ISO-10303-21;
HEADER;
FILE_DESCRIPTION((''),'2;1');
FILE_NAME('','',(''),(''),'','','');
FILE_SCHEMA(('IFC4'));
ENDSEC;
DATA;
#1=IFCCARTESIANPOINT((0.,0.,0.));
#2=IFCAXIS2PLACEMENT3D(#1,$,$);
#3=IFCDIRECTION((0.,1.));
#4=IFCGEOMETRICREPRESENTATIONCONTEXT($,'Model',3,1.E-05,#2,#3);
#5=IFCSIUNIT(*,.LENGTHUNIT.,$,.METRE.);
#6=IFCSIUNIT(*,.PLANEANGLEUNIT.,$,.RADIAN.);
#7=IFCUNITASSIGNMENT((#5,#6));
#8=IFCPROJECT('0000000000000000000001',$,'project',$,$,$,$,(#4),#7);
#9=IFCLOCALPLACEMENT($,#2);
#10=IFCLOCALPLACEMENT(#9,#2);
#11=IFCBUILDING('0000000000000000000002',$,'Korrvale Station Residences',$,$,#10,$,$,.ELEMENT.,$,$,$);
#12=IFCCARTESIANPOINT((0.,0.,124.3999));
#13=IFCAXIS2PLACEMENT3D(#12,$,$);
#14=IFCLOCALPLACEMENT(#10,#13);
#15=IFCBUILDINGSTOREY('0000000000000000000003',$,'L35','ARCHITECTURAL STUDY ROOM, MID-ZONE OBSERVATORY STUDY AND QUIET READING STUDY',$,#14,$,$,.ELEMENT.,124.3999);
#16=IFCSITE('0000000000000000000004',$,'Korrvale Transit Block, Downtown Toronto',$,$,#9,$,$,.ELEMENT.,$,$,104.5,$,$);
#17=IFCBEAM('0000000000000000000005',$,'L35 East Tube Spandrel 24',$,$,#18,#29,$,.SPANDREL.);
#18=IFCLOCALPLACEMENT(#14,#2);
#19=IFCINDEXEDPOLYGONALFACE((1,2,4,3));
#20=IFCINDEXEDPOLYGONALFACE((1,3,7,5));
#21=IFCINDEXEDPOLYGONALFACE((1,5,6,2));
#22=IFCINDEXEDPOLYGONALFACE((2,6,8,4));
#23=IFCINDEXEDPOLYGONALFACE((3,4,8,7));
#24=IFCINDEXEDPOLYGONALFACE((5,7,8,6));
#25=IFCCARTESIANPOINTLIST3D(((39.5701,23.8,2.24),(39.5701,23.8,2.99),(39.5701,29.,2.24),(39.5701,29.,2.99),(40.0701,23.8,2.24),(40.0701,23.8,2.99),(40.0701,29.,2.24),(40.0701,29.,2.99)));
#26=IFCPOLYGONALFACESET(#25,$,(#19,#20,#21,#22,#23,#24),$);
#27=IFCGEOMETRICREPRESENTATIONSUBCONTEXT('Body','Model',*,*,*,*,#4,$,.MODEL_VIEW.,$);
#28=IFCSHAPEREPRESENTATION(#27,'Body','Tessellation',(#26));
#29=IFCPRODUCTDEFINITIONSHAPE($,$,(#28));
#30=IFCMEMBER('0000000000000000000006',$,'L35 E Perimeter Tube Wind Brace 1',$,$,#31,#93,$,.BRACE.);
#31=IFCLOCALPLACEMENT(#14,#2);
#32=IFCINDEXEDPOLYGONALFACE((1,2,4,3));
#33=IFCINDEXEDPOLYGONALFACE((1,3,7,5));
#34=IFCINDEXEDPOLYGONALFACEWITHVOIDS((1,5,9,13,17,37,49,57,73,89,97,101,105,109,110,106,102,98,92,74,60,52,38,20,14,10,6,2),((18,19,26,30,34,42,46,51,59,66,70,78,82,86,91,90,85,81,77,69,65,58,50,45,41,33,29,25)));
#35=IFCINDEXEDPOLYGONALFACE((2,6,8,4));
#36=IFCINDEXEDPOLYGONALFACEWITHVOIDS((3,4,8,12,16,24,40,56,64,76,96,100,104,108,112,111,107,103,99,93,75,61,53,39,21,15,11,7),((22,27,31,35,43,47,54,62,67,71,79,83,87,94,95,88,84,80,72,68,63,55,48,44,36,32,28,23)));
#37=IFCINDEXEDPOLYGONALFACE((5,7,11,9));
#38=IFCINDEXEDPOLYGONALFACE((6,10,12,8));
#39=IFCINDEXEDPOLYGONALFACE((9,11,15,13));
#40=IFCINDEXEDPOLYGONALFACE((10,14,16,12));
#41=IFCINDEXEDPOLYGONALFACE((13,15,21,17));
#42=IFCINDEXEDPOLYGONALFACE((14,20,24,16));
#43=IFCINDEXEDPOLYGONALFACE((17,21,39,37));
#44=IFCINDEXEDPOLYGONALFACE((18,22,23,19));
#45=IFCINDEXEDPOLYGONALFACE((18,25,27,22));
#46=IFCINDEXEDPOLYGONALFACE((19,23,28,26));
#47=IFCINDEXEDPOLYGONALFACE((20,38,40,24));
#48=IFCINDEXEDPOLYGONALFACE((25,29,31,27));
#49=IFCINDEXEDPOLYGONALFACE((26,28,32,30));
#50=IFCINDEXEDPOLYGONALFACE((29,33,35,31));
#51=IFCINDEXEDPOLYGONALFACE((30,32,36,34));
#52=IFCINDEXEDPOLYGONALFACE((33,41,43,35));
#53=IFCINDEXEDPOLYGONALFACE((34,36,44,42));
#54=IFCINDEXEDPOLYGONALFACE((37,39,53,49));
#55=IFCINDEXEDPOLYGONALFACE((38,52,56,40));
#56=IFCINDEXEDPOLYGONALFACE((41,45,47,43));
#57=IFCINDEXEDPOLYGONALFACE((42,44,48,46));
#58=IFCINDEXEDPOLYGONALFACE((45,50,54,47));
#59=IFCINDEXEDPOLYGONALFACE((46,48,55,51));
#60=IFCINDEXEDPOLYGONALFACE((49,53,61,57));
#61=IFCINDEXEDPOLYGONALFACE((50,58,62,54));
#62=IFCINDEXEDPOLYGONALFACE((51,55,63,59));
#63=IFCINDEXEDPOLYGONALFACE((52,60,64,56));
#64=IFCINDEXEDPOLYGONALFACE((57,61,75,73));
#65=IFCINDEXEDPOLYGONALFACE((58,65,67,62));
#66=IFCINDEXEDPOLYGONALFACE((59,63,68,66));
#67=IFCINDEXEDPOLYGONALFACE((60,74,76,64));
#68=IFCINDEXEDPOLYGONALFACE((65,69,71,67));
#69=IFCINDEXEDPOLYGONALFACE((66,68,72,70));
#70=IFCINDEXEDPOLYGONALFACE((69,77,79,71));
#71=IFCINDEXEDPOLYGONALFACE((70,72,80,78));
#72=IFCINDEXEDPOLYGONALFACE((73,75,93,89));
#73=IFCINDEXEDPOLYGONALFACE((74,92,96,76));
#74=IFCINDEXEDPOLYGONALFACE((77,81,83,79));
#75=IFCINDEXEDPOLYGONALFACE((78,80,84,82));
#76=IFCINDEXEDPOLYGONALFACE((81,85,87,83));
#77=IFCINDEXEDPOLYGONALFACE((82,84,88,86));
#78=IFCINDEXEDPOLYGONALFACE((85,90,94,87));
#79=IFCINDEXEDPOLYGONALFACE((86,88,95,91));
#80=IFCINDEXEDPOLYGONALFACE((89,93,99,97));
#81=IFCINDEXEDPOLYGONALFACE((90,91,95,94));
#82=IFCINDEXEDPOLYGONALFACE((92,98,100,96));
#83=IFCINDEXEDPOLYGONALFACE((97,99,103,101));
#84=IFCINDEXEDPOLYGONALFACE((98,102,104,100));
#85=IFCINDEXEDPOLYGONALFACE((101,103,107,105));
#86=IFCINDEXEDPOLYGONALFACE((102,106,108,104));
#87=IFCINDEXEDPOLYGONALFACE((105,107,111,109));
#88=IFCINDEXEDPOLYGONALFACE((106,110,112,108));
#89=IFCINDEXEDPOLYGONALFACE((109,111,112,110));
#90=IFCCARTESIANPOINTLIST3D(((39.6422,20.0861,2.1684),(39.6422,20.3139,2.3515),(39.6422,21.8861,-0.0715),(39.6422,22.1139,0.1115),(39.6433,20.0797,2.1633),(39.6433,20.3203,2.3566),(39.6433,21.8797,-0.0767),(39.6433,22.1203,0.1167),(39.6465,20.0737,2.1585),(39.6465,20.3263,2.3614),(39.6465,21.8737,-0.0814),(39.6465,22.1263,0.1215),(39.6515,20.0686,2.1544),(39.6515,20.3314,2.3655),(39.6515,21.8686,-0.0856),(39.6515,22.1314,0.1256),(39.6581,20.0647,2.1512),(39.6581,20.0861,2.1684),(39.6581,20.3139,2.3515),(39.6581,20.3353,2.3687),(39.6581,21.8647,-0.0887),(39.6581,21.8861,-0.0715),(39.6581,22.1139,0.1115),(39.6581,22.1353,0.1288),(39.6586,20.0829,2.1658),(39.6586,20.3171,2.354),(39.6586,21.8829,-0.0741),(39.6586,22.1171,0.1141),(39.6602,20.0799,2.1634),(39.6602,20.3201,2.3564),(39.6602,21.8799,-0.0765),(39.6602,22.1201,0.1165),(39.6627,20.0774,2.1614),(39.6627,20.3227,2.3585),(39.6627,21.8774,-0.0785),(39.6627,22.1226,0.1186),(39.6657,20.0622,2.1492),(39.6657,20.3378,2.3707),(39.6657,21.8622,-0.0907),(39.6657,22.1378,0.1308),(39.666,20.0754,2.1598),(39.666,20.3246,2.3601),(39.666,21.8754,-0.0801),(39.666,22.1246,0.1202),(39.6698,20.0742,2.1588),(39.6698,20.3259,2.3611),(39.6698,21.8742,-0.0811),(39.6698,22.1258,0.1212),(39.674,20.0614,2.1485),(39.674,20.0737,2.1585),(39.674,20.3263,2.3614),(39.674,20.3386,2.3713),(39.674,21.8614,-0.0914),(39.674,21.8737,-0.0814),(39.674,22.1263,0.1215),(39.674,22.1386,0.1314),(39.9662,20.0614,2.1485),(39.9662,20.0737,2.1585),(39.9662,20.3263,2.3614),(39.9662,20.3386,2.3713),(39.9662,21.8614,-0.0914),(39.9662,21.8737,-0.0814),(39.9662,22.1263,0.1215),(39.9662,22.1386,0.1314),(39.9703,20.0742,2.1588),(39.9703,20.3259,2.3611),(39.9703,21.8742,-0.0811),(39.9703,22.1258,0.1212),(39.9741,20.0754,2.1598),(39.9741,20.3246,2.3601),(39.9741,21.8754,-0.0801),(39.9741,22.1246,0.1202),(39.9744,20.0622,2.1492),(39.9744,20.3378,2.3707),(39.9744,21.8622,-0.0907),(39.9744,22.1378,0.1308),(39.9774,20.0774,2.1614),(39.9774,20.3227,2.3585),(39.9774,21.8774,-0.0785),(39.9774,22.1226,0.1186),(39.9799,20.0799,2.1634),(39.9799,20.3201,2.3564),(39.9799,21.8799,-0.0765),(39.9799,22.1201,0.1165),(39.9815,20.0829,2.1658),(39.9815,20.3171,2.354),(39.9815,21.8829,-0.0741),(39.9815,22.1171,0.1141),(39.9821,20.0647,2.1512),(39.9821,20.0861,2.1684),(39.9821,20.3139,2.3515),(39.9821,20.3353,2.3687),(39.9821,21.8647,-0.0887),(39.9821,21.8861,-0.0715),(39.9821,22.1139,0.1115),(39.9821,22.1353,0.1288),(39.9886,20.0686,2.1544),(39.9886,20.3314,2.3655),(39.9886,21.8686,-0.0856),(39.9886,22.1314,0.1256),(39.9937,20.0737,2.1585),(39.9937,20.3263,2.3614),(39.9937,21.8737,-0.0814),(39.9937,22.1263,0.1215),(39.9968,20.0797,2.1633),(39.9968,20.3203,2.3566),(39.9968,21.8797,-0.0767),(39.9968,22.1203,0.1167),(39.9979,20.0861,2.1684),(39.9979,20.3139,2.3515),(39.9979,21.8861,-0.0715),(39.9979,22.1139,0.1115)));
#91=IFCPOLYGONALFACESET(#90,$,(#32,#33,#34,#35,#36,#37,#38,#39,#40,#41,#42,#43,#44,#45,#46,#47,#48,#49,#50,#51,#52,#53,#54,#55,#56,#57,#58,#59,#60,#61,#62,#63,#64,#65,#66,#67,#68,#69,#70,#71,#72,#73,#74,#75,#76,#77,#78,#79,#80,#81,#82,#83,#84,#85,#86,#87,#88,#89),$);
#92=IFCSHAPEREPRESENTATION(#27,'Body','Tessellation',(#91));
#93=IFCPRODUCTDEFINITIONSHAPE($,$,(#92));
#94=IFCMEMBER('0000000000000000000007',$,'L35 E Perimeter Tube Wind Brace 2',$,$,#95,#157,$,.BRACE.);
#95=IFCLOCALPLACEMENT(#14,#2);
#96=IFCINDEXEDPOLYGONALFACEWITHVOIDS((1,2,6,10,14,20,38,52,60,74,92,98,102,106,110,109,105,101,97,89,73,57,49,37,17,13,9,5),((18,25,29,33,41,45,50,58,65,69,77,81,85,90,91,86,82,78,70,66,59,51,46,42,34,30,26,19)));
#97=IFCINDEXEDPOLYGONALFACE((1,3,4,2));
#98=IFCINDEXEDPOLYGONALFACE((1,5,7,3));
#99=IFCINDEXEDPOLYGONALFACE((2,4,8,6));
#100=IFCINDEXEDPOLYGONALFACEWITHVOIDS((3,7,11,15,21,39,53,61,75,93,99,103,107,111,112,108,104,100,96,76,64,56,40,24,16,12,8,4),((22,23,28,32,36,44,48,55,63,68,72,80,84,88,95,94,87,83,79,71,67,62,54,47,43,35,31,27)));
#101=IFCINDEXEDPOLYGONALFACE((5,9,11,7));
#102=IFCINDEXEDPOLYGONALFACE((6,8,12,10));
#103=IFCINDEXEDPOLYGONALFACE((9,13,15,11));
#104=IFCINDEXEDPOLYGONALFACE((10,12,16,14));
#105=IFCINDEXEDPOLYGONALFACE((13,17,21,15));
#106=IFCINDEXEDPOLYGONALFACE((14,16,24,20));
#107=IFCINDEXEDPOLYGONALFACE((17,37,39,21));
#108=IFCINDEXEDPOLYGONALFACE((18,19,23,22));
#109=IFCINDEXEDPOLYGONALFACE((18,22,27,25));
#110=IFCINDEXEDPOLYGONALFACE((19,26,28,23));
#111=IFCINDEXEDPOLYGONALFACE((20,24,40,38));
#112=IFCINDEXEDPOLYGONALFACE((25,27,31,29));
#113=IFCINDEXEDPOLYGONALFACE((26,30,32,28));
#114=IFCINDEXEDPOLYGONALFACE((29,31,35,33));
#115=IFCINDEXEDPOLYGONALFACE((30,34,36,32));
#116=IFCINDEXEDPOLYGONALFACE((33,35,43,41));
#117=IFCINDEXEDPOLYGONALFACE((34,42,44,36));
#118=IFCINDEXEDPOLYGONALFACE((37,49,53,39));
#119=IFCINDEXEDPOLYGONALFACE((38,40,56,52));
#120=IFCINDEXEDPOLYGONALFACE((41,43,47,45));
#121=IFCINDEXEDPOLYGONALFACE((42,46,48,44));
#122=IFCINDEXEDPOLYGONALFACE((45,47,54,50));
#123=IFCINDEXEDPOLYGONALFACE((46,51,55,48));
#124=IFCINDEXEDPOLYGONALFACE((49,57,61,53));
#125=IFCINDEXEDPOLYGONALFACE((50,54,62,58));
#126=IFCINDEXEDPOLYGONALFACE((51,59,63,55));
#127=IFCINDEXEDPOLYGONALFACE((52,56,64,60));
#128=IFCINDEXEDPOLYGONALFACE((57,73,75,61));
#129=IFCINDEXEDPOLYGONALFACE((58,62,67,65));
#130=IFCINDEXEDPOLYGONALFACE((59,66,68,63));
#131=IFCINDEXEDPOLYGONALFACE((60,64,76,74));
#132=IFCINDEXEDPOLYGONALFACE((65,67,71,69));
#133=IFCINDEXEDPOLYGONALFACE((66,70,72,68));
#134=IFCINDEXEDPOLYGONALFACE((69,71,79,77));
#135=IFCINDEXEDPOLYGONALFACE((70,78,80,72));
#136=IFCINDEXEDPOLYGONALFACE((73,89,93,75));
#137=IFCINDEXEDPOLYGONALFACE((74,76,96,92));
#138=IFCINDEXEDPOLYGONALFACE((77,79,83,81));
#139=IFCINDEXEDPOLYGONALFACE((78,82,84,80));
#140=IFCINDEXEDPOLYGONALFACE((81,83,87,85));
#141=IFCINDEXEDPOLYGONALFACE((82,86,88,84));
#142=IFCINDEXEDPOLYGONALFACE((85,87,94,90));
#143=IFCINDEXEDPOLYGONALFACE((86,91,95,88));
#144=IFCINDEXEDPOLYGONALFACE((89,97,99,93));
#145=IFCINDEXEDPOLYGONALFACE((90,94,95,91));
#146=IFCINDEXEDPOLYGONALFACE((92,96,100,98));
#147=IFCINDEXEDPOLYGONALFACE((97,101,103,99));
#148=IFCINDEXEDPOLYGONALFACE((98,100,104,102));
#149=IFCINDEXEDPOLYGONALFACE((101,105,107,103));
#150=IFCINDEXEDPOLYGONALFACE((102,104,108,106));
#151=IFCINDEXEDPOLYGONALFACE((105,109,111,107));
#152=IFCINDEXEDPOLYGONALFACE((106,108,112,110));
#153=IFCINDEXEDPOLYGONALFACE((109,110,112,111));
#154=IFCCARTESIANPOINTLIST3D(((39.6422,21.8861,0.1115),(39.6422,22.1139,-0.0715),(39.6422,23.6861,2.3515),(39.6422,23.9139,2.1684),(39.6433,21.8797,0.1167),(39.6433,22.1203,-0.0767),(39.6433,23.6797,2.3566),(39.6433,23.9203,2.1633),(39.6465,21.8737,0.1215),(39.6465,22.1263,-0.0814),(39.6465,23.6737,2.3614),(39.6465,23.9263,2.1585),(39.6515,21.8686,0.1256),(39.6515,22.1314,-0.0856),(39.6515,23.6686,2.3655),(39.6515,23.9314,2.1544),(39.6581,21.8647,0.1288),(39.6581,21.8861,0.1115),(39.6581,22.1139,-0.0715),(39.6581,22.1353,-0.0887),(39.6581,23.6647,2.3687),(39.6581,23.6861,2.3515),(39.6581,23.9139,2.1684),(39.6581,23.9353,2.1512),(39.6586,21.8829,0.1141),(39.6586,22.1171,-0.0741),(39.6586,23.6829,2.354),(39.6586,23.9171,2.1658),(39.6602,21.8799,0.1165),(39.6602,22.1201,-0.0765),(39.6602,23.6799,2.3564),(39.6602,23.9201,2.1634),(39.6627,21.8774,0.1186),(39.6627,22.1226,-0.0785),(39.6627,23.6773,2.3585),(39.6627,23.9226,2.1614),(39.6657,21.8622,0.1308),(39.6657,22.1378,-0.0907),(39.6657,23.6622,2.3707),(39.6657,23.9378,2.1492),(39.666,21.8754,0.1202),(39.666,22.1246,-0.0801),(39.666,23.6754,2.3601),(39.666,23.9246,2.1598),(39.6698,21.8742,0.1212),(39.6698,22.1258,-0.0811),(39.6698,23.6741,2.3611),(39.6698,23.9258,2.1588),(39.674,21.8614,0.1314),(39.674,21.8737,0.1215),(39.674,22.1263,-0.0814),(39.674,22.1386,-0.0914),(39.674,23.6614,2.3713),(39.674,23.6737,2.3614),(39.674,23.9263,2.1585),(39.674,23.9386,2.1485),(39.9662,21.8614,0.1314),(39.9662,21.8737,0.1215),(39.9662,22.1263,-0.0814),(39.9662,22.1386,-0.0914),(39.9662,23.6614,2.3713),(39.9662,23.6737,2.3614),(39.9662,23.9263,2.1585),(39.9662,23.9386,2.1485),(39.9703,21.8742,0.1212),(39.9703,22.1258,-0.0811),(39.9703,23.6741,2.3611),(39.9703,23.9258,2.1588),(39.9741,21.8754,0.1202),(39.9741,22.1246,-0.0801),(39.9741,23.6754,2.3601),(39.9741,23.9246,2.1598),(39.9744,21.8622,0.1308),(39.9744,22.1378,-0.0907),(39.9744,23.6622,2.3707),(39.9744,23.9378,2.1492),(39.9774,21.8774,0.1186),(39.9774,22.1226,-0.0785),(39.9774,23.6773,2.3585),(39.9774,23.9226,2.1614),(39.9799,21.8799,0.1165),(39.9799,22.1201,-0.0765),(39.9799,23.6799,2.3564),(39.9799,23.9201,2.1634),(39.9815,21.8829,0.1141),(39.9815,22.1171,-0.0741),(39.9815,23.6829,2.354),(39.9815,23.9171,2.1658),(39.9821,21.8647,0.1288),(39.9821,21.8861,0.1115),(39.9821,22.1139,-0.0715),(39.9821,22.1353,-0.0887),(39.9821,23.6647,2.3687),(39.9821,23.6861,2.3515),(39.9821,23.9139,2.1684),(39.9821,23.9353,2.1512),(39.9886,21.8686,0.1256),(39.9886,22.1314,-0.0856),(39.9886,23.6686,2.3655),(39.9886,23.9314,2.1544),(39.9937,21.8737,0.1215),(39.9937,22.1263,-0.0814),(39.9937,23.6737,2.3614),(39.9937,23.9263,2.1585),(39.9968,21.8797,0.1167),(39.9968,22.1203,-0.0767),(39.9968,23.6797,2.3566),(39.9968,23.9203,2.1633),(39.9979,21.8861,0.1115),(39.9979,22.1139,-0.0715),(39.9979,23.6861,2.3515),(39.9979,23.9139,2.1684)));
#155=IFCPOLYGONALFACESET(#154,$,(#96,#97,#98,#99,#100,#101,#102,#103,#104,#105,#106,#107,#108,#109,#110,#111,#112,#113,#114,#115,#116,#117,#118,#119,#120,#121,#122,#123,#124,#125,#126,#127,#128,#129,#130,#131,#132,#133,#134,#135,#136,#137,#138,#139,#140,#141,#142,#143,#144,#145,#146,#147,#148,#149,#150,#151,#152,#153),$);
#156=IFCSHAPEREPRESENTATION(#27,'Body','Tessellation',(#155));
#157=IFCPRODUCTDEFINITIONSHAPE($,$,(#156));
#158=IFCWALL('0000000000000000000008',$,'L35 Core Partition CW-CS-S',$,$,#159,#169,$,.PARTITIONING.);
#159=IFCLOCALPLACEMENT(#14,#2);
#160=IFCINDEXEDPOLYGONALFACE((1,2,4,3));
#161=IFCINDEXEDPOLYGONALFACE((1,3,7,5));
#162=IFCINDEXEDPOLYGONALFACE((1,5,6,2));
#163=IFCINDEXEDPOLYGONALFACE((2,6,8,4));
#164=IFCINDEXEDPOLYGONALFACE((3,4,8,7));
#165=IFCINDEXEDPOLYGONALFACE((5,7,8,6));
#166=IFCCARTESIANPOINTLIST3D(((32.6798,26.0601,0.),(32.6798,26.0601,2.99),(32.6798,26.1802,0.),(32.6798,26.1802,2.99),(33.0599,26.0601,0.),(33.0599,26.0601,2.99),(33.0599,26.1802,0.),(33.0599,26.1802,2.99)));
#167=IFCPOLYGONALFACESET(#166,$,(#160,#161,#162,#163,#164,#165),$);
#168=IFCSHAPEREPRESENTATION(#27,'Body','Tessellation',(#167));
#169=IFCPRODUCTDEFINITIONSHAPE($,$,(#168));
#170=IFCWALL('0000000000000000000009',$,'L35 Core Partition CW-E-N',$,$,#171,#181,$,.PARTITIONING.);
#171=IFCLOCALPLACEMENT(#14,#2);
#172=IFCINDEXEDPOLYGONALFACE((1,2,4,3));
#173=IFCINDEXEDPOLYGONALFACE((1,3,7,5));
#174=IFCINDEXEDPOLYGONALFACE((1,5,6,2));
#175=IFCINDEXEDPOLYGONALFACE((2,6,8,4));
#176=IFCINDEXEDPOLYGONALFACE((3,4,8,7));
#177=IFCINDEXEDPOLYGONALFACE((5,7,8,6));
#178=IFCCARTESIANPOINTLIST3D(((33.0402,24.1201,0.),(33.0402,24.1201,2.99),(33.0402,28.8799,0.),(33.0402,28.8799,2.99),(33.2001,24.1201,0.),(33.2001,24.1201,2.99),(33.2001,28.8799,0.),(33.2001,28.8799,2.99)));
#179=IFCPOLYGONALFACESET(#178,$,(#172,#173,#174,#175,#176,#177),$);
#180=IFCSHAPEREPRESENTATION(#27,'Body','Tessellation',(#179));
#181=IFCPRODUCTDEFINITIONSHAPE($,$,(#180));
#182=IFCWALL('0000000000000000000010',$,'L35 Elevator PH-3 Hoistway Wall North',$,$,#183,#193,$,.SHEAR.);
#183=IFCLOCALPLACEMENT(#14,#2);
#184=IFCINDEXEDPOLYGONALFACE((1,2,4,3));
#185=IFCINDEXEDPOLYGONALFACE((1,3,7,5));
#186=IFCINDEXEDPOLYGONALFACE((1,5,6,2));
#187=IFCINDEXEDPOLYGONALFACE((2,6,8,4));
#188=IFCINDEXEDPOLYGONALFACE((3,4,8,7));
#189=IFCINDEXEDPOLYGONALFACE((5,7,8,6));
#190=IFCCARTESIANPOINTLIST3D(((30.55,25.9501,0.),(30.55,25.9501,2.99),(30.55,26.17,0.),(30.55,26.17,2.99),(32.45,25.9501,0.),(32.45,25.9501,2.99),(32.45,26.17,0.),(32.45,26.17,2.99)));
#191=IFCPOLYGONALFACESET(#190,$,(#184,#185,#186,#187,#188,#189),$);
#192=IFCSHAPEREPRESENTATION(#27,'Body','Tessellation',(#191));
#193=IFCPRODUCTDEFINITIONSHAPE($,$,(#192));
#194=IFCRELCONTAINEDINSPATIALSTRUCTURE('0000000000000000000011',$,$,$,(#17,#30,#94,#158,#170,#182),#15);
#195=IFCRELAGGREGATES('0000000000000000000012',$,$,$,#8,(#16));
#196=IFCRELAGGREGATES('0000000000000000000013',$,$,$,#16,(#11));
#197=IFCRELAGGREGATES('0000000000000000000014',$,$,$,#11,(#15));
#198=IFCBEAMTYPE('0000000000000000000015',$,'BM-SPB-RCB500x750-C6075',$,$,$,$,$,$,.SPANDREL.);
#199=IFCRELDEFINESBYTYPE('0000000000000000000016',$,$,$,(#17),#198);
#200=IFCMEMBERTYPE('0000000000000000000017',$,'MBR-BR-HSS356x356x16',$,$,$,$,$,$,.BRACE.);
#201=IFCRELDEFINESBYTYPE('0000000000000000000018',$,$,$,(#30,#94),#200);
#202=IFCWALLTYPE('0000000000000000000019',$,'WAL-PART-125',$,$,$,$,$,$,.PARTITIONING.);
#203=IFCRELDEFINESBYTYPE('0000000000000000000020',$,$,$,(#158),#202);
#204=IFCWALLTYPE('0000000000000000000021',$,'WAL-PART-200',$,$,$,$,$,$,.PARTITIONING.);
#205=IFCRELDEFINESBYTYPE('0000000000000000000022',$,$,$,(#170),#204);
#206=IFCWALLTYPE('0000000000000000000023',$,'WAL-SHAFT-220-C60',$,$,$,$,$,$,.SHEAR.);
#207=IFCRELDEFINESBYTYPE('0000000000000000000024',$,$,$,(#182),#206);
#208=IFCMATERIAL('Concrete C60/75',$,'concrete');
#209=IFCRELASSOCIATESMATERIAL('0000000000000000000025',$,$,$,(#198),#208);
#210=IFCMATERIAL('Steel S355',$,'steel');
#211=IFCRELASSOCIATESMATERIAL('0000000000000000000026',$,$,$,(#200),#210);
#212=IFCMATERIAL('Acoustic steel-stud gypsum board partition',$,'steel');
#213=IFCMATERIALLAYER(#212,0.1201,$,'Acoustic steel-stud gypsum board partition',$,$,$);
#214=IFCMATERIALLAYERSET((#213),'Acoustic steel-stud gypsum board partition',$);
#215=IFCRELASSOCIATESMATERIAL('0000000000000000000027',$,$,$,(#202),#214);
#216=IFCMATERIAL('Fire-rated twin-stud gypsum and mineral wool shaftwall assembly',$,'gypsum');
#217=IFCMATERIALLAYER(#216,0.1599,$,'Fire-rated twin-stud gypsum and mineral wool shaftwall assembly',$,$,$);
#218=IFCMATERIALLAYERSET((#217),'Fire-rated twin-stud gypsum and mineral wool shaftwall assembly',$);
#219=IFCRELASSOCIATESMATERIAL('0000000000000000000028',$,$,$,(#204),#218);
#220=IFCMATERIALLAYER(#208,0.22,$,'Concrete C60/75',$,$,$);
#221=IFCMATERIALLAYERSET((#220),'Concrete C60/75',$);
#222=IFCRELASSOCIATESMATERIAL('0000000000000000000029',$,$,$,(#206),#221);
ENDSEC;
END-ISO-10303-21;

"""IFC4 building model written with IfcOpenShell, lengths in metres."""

from ifc_helpers import new_model, si_unit, direction, frame, frame_2d, origin, origin_2d, place, context, subcontext, project, spatial, rectangle, hollow_rectangle, extrude, material, layer, layer_set, material_profile, profile_set, type_object, element, save


model = new_model("IFC4")

# Units and contexts
model_context = context("Model", 3, precision=1e-05, world=origin(), true_north=direction((0.0, 1.0)))
body_context = subcontext(model_context, "Body", "Model", "MODEL_VIEW")
ifc_project = project(units=[si_unit("LENGTHUNIT", "METRE"), si_unit("PLANEANGLEUNIT", "RADIAN")], contexts=[model_context])

# Site, building, storey
site_placement = place(None, origin())
site = spatial("IfcSite", under=ifc_project, at=site_placement, Name="Korrvale Transit Block, Downtown Toronto", CompositionType="ELEMENT", RefElevation=104.5)
building_placement = place(site_placement, origin())
building = spatial("IfcBuilding", under=site, at=building_placement, Name="Korrvale Station Residences", CompositionType="ELEMENT")
storey_placement = place(building_placement, frame((0.0, 0.0, 124.3999)))
storey = spatial("IfcBuildingStorey", under=building, at=storey_placement, Name="L35", Description="ARCHITECTURAL STUDY ROOM, MID-ZONE OBSERVATORY STUDY AND QUIET READING STUDY", CompositionType="ELEMENT", Elevation=124.3999)

# Shared definitions
ifc_material_1 = material(Name="Concrete C60/75", Category="concrete")

# Beam
ifc_material_2 = material(Name="Steel S355", Category="steel")
ifc_material_profile_1 = material_profile(ifc_material_1, rectangle(XDim=0.5, YDim=0.75, at=origin_2d()), Name="RCB500x750")
ifc_profile_set_1 = profile_set([ifc_material_profile_1], Name="Concrete C60/75")
beam_type_1 = type_object("IfcBeamType", Name="BM-SPB-RCB500x750-C6075", PredefinedType="SPANDREL", material=ifc_profile_set_1)
beam_1_placement = place(storey_placement, frame((39.8201, 23.8, 2.615), z_axis=(0.0, 1.0, 0.0), x_axis=(-1.0, 0.0, 0.0)))
element("IfcBeam", 1, at=beam_1_placement, inside=storey, type_object=beam_type_1, Name="L35 East Tube Spandrel 24", PredefinedType="SPANDREL", context=body_context, shape_type="SweptSolid", body=[
    extrude(rectangle(XDim=0.5, YDim=0.75, at=origin_2d()), origin(), (0.0, 0.0, 1.0), 5.2),
])

# Members
ifc_material_profile_2 = material_profile(ifc_material_2, hollow_rectangle(XDim=0.3557, YDim=0.3557, WallThickness=0.0159, InnerFilletRadius=0.0159, OuterFilletRadius=0.0317, at=origin_2d()), Name="HSS356x356x16")
ifc_profile_set_2 = profile_set([ifc_material_profile_2], Name="Steel S355")
member_type = type_object("IfcMemberType", Name="MBR-BR-HSS356x356x16", PredefinedType="BRACE", material=ifc_profile_set_2)
for number, where, z_axis, x_axis, name in (
    (2, (39.8201, 22.0, 0.02), (0.0, -0.626403, 0.779499), (1.0, 0.0, 0.0), "L35 E Perimeter Tube Wind Brace 1"),
    (3, (39.8201, 22.0, 0.02), (0.0, 0.626403, 0.779499), (-1.0, 0.0, 0.0), "L35 E Perimeter Tube Wind Brace 2"),
):
    element("IfcMember", number, at=place(storey_placement, frame(where, z_axis=z_axis, x_axis=x_axis)), inside=storey, type_object=member_type, Name=name, PredefinedType="BRACE", context=body_context, shape_type="SweptSolid", body=[
        extrude(hollow_rectangle(XDim=0.3557, YDim=0.3557, WallThickness=0.0159, InnerFilletRadius=0.0159, OuterFilletRadius=0.0317, at=origin_2d()), origin(), (0.0, 0.0, 1.0), 2.8735),
    ])

# Walls
ifc_material_3 = material(Name="Acoustic steel-stud gypsum board partition", Category="steel")
ifc_layer_1 = layer(ifc_material_3, 0.1201, Name="Acoustic steel-stud gypsum board partition")
ifc_layer_set_1 = layer_set([ifc_layer_1], Name="Acoustic steel-stud gypsum board partition")
wall_type_1 = type_object("IfcWallType", Name="WAL-PART-125", PredefinedType="PARTITIONING", material=ifc_layer_set_1)
wall_1_placement = place(storey_placement, frame((32.6799, 26.1201, 0.0), z_axis=(0.0, 0.0, 1.0), x_axis=(1.0, 0.0, 0.0)))
element("IfcWall", 4, at=wall_1_placement, inside=storey, type_object=wall_type_1, Name="L35 Core Partition CW-CS-S", PredefinedType="PARTITIONING", context=body_context, shape_type="SweptSolid", body=[
    extrude(rectangle(XDim=0.3801, YDim=0.1201, at=frame_2d((0.1899, 0.0))), origin(), (0.0, 0.0, 1.0), 2.99),
])
ifc_material_4 = material(Name="Fire-rated twin-stud gypsum and mineral wool shaftwall assembly", Category="gypsum")
ifc_layer_2 = layer(ifc_material_4, 0.1599, Name="Fire-rated twin-stud gypsum and mineral wool shaftwall assembly")
ifc_layer_set_2 = layer_set([ifc_layer_2], Name="Fire-rated twin-stud gypsum and mineral wool shaftwall assembly")
wall_type_2 = type_object("IfcWallType", Name="WAL-PART-200", PredefinedType="PARTITIONING", material=ifc_layer_set_2)
wall_2_placement = place(storey_placement, frame((33.1201, 24.1201, 0.0), z_axis=(0.0, 0.0, 1.0), x_axis=(0.0, 1.0, 0.0)))
element("IfcWall", 5, at=wall_2_placement, inside=storey, type_object=wall_type_2, Name="L35 Core Partition CW-E-N", PredefinedType="PARTITIONING", context=body_context, shape_type="SweptSolid", body=[
    extrude(rectangle(XDim=4.7598, YDim=0.1599, at=frame_2d((2.3799, 0.0))), origin(), (0.0, 0.0, 1.0), 2.99),
])
ifc_layer_3 = layer(ifc_material_1, 0.22, Name="Concrete C60/75")
ifc_layer_set_3 = layer_set([ifc_layer_3], Name="Concrete C60/75")
wall_type_3 = type_object("IfcWallType", Name="WAL-SHAFT-220-C60", PredefinedType="SHEAR", material=ifc_layer_set_3)
wall_3_placement = place(storey_placement, frame((30.55, 26.0601, 0.0), z_axis=(0.0, 0.0, 1.0), x_axis=(1.0, 0.0, 0.0)))
element("IfcWall", 6, at=wall_3_placement, inside=storey, type_object=wall_type_3, Name="L35 Elevator PH-3 Hoistway Wall North", PredefinedType="SHEAR", context=body_context, shape_type="SweptSolid", body=[
    extrude(rectangle(XDim=1.8999, YDim=0.22, at=frame_2d((0.95, 0.0))), origin(), (0.0, 0.0, 1.0), 2.99),
])

save(model, "model.ifc")
